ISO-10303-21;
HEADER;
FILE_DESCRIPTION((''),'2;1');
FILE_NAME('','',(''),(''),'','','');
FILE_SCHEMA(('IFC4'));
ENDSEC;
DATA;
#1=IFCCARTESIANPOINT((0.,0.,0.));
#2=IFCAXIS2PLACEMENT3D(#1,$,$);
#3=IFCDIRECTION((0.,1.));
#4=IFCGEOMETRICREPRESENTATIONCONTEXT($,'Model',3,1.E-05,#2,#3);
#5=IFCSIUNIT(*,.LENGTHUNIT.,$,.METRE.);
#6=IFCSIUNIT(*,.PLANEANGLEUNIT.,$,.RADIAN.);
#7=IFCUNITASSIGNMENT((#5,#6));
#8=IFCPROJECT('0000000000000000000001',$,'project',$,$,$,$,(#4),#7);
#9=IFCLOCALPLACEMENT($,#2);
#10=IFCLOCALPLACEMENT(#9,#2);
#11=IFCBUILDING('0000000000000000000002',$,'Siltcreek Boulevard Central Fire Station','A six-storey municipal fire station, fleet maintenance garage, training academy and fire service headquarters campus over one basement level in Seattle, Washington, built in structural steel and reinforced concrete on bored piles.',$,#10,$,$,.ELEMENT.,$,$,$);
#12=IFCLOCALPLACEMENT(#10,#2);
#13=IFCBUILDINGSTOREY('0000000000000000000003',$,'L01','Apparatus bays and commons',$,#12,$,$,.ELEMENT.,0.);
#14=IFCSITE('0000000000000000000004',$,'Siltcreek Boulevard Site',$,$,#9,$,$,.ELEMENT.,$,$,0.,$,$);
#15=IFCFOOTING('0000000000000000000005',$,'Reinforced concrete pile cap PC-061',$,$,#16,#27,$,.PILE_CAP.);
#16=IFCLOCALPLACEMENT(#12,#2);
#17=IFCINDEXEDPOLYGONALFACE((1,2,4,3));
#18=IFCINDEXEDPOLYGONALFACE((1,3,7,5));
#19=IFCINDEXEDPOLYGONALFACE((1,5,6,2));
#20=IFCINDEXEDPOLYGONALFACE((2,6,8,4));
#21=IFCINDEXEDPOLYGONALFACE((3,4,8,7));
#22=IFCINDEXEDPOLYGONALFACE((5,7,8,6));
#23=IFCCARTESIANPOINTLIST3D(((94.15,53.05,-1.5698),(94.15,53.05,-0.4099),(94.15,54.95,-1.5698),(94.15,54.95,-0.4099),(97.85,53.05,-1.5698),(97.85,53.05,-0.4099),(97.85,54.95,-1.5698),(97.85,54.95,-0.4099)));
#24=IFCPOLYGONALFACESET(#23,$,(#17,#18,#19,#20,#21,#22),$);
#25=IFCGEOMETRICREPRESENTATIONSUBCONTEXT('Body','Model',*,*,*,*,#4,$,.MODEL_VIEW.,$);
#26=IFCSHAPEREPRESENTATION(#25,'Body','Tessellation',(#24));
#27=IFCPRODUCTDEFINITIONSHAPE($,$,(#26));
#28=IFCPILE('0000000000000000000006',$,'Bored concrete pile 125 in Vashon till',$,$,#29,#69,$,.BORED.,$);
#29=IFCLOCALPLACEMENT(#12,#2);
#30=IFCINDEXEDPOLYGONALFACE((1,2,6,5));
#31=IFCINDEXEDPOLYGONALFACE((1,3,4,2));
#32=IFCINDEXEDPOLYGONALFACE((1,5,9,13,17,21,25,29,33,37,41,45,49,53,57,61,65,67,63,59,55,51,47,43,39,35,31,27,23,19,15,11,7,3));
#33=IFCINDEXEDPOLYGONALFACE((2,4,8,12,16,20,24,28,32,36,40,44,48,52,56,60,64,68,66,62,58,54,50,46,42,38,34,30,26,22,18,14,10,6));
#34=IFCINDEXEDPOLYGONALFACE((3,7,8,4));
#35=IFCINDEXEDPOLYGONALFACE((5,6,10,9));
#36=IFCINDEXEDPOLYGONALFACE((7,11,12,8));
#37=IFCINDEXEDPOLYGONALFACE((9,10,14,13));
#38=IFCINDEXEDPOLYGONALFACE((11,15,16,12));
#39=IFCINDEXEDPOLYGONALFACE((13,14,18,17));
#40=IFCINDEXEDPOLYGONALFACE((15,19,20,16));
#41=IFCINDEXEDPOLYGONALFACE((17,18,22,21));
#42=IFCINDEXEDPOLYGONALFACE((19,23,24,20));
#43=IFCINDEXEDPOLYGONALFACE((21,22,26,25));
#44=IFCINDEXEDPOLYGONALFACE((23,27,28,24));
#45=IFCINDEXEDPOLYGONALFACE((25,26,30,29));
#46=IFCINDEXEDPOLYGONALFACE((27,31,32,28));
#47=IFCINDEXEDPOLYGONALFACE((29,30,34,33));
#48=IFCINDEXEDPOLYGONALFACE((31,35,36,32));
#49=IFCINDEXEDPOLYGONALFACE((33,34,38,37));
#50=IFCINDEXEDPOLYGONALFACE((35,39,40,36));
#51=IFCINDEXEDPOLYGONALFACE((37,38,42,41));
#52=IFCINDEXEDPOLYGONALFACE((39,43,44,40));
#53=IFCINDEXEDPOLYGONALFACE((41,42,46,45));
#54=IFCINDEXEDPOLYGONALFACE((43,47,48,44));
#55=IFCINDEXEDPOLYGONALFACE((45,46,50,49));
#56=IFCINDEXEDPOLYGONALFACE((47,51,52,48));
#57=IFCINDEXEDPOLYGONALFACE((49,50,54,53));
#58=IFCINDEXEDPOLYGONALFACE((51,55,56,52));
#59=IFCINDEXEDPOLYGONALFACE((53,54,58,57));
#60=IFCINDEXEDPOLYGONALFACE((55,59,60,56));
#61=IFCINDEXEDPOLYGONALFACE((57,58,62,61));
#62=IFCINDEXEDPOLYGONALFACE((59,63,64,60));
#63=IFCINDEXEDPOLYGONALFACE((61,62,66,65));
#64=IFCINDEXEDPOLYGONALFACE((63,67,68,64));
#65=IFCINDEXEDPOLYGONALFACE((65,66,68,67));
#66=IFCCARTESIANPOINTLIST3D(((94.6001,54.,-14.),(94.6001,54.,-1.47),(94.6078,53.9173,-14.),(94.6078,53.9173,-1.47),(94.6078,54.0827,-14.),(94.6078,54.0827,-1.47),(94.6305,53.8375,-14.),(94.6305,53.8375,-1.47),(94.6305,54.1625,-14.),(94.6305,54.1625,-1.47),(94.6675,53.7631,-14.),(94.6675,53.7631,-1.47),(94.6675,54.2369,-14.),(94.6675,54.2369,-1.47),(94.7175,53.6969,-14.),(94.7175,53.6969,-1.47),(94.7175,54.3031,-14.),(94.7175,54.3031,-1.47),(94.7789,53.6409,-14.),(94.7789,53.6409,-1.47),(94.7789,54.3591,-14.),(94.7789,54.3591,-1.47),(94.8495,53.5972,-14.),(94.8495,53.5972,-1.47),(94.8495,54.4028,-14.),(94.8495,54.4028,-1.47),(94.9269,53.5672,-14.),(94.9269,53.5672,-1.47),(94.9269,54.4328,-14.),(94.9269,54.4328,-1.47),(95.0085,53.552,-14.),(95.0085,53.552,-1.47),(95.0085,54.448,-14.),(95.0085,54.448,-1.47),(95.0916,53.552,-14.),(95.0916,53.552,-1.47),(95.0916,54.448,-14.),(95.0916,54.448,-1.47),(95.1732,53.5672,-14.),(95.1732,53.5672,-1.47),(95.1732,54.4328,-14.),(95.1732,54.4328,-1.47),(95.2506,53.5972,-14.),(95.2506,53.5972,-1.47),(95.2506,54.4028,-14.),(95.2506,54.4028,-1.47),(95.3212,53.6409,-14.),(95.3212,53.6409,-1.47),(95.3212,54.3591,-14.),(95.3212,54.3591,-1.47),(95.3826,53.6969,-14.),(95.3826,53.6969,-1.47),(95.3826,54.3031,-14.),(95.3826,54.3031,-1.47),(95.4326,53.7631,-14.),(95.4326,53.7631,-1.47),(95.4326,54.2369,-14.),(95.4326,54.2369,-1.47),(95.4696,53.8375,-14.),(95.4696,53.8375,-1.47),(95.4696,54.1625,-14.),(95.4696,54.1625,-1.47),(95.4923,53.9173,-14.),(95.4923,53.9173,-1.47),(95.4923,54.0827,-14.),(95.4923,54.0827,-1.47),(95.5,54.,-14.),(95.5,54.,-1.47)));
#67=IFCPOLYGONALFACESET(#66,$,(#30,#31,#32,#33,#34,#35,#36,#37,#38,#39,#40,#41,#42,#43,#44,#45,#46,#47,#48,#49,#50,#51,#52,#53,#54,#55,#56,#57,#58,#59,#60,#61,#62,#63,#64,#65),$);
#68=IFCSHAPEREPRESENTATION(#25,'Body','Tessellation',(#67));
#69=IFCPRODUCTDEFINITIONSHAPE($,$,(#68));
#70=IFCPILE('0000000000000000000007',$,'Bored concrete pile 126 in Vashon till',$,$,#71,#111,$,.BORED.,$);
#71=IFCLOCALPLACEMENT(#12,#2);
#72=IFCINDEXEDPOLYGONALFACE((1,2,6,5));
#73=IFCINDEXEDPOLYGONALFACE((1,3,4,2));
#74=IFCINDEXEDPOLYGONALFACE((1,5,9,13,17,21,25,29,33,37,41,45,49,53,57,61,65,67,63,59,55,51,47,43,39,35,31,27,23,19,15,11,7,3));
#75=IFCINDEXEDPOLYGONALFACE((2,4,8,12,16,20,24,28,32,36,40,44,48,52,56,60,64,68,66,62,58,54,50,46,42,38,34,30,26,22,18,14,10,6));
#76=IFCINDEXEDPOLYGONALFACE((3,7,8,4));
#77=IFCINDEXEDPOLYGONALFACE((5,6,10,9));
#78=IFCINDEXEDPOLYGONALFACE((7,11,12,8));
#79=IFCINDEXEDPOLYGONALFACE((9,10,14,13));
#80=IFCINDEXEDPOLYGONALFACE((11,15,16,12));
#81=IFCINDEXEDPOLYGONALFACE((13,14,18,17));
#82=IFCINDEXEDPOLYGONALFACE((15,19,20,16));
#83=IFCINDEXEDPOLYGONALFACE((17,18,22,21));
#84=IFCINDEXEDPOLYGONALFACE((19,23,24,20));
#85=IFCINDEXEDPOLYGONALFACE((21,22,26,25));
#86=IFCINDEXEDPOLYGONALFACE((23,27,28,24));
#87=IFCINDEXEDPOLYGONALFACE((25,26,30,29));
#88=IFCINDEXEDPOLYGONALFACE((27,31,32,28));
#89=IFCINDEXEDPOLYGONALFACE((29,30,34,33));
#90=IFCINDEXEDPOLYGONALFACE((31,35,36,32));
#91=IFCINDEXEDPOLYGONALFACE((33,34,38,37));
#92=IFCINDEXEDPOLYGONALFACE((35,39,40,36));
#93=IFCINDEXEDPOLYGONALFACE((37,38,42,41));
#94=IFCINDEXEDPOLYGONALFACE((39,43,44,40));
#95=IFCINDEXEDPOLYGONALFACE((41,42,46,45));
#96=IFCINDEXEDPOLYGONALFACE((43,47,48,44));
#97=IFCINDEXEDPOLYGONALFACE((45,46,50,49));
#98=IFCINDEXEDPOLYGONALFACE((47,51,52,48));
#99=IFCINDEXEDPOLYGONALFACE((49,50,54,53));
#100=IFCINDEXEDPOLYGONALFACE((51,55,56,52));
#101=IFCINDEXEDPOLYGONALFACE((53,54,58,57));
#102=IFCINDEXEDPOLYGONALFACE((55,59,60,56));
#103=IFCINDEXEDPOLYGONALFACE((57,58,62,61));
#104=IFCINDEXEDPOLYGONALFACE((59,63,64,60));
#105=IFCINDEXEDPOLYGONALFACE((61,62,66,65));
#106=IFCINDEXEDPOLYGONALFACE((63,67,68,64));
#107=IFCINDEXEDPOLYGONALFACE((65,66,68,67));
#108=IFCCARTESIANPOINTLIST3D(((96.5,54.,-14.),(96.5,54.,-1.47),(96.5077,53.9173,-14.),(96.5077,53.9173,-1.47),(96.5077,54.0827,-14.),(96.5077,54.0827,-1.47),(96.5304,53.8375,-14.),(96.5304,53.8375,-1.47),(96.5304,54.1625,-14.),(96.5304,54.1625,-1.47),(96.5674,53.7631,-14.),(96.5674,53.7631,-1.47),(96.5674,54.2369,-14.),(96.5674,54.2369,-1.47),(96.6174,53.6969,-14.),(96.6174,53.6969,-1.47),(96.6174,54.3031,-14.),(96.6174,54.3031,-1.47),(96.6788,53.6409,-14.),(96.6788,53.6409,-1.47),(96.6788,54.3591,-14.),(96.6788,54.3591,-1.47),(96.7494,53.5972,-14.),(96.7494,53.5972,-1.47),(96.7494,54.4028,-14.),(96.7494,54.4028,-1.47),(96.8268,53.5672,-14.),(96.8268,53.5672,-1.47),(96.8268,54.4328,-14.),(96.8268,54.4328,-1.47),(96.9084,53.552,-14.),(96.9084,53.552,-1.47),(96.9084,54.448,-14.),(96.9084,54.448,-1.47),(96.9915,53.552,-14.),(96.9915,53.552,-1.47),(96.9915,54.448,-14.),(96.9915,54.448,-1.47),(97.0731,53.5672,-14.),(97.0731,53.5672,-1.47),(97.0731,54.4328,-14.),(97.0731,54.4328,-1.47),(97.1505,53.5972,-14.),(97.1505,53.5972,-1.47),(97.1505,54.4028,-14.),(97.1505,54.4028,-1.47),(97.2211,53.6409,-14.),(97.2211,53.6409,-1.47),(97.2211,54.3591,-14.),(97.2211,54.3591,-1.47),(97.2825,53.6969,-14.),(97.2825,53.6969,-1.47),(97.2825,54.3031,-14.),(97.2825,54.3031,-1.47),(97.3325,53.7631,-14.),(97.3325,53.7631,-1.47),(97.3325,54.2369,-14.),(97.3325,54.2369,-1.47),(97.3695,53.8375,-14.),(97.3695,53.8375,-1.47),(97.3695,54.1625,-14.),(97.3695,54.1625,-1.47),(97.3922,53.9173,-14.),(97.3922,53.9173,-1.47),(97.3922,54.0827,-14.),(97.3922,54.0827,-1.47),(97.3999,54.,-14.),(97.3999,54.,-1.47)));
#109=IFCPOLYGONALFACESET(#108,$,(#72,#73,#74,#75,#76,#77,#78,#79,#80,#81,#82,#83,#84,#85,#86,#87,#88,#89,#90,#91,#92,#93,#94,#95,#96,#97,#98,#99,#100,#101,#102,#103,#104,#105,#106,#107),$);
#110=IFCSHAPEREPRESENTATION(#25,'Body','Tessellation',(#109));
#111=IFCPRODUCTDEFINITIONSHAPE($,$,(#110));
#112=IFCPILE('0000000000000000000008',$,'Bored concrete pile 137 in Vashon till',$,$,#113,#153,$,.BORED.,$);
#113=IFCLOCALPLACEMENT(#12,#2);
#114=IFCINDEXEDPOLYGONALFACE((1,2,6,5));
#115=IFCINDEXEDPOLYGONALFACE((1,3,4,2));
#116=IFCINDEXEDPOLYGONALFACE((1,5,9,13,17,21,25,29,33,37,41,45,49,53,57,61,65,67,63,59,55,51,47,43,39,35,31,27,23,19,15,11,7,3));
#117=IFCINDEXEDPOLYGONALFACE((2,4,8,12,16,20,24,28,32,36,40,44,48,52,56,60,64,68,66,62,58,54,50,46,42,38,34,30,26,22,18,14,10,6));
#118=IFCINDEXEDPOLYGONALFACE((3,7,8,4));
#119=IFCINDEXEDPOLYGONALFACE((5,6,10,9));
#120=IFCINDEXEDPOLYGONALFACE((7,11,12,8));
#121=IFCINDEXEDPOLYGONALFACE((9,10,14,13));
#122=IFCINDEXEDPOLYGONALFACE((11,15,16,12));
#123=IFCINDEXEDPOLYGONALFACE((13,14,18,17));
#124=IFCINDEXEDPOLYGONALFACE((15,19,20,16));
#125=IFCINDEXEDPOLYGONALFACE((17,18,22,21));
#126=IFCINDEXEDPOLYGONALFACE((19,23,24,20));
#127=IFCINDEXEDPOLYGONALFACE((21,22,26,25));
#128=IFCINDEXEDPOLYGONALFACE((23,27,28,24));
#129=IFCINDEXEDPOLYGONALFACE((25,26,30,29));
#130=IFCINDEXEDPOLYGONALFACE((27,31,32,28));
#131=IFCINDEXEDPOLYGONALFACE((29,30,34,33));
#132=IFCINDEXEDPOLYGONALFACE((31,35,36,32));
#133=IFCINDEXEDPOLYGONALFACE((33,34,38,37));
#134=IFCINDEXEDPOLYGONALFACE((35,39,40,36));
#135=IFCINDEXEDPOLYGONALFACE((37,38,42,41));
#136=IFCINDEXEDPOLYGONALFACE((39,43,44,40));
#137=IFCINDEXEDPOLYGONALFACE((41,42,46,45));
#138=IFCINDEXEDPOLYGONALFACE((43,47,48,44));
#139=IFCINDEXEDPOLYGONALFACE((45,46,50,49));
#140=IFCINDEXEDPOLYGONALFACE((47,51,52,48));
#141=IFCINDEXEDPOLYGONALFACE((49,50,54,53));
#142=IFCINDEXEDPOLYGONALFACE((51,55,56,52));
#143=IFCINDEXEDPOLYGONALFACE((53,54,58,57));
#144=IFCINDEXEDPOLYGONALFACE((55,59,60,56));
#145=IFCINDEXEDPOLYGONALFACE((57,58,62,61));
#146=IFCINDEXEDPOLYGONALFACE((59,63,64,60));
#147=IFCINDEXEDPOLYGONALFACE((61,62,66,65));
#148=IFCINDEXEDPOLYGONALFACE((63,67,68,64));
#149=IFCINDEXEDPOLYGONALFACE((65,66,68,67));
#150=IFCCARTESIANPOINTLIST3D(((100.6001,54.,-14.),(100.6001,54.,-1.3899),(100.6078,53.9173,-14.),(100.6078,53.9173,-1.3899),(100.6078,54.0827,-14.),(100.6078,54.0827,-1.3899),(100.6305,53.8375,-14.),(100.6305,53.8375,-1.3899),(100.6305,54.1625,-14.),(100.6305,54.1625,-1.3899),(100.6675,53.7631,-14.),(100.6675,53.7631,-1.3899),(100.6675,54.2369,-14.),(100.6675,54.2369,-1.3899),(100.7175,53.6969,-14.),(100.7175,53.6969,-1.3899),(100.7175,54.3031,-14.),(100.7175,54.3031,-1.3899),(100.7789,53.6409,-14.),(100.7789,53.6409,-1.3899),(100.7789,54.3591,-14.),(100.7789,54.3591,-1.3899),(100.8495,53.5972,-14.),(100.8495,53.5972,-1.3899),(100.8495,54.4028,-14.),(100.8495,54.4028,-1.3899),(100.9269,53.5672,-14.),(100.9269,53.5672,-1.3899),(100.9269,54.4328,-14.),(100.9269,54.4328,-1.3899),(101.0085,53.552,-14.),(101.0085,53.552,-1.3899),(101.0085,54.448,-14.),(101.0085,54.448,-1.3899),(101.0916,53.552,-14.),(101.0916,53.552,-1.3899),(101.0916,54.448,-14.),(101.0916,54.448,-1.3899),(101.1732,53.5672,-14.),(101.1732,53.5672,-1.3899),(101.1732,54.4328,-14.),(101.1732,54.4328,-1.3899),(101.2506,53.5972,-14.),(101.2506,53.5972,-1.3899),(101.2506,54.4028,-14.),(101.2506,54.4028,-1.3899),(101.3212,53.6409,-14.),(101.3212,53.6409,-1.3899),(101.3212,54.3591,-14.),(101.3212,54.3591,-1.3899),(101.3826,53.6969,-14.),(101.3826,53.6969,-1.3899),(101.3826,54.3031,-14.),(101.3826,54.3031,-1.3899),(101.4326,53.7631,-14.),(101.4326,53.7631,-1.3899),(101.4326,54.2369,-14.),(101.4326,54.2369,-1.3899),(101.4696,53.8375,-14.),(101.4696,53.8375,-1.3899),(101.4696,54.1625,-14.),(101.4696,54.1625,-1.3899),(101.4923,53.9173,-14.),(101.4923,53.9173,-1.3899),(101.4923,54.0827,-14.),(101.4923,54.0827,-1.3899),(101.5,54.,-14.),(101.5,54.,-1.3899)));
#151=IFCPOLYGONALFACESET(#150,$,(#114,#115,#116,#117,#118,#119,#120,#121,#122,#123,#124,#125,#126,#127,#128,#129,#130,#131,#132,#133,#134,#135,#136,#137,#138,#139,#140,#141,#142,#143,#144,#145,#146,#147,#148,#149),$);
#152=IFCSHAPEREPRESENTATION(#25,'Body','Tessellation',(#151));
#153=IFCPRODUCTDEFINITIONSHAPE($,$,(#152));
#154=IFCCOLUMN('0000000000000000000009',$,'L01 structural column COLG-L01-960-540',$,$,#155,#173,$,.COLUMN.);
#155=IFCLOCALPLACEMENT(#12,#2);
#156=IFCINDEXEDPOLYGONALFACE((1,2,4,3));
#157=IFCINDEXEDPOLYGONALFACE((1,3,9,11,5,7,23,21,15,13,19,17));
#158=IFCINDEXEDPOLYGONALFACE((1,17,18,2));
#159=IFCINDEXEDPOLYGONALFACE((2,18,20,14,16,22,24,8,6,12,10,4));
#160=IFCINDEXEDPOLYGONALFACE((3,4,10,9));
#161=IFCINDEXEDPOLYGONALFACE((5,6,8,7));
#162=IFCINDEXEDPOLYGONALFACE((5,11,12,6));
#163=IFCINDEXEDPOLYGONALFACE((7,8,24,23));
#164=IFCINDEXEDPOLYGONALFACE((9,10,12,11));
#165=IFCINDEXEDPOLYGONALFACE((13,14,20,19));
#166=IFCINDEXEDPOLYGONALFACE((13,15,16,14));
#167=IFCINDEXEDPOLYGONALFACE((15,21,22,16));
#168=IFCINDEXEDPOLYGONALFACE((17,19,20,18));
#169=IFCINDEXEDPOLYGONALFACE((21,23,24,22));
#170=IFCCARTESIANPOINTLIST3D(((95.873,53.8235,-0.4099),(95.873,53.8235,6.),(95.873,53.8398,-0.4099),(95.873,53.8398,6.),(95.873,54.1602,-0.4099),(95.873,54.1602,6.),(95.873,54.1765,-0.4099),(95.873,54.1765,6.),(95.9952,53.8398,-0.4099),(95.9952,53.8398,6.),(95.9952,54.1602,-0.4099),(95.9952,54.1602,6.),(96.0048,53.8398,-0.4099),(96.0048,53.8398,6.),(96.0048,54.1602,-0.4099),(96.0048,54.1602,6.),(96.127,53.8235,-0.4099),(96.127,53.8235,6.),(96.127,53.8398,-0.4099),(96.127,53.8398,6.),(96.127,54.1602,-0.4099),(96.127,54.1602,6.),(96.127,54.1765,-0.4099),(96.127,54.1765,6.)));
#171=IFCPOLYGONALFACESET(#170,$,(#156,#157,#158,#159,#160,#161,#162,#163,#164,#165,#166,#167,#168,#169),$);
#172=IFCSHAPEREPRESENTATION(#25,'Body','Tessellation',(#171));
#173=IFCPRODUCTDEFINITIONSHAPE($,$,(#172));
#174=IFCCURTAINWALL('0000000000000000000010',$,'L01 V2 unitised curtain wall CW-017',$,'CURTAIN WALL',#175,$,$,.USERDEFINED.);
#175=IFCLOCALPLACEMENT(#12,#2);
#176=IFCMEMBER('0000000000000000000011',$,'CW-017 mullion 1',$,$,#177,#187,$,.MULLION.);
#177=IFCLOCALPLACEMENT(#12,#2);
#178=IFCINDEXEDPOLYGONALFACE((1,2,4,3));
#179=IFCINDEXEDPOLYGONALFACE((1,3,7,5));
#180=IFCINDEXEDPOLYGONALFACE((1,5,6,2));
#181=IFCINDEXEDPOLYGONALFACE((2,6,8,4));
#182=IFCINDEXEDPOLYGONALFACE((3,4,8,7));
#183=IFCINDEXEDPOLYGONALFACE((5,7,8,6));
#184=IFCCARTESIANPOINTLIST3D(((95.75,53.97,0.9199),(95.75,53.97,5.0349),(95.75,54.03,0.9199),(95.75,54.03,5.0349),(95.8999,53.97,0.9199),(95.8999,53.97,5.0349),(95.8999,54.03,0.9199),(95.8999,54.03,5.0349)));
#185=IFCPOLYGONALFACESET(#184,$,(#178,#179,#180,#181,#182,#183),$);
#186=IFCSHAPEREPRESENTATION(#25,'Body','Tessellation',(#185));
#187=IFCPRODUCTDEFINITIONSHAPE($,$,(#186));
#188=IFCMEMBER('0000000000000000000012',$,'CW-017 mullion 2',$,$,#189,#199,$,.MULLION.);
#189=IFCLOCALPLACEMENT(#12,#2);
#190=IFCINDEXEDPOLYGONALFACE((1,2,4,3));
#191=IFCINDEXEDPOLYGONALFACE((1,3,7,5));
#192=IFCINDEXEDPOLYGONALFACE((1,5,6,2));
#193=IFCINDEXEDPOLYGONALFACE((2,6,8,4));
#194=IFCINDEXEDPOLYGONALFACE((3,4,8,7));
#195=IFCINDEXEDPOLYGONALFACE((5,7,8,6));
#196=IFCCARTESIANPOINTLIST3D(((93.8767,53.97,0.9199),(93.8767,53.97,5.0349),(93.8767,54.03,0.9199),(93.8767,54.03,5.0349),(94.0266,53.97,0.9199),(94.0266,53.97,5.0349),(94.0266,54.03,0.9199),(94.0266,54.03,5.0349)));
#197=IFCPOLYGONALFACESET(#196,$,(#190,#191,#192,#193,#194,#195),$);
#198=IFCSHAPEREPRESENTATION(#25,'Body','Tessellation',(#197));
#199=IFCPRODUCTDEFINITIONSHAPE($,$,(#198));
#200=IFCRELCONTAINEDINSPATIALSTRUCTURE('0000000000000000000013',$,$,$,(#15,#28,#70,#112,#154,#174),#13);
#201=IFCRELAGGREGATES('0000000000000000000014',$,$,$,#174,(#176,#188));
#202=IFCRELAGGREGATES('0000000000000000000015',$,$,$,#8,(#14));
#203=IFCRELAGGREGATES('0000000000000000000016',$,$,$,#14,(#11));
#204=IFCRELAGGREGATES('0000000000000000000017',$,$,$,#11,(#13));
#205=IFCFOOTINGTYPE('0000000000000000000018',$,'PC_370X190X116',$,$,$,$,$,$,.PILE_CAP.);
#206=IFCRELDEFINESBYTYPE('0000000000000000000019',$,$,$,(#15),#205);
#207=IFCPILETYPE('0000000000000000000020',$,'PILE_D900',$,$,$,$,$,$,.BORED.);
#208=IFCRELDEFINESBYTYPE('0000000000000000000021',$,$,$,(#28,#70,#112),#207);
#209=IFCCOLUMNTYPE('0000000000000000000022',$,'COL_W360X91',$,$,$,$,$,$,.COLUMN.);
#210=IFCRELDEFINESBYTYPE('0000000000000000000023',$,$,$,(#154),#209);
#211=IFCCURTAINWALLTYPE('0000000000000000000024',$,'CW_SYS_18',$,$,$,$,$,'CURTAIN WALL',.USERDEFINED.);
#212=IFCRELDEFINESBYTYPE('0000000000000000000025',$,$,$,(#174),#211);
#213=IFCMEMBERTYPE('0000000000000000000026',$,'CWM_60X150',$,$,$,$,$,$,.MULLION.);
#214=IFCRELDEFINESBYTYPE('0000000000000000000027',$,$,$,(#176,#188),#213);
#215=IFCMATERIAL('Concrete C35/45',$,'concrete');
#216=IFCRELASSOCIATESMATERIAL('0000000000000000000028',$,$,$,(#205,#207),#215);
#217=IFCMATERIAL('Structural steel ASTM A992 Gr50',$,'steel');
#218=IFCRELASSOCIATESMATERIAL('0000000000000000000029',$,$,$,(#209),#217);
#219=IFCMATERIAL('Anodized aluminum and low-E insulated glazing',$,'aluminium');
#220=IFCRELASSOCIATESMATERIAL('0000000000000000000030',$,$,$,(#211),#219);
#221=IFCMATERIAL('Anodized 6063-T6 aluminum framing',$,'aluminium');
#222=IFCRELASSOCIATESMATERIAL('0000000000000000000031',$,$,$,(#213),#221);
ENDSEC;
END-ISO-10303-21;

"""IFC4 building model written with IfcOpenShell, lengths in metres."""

from ifc_helpers import new_model, si_unit, direction, frame, origin, origin_2d, place, context, subcontext, project, spatial, rectangle, circle, i_section, extrude, material, material_profile, profile_set, type_object, element, aggregate, save


model = new_model("IFC4")

# Units and contexts
model_context = context("Model", 3, precision=1e-05, world=origin(), true_north=direction((0.0, 1.0)))
body_context = subcontext(model_context, "Body", "Model", "MODEL_VIEW")
ifc_project = project(units=[si_unit("LENGTHUNIT", "METRE"), si_unit("PLANEANGLEUNIT", "RADIAN")], contexts=[model_context])

# Site, building, storey
site_placement = place(None, origin())
site = spatial("IfcSite", under=ifc_project, at=site_placement, Name="Siltcreek Boulevard Site", CompositionType="ELEMENT", RefElevation=0.0)
building_placement = place(site_placement, origin())
building = spatial("IfcBuilding", under=site, at=building_placement, Name="Siltcreek Boulevard Central Fire Station", Description="A six-storey municipal fire station, fleet maintenance garage, training academy and fire service headquarters campus over one basement level in Seattle, Washington, built in structural steel and reinforced concrete on bored piles.", CompositionType="ELEMENT")
storey_placement = place(building_placement, origin())
storey = spatial("IfcBuildingStorey", under=building, at=storey_placement, Name="L01", Description="Apparatus bays and commons", CompositionType="ELEMENT", Elevation=0.0)

# Footing
ifc_material_1 = material(Name="Concrete C35/45", Category="concrete")
footing_type = type_object("IfcFootingType", Name="PC_370X190X116", PredefinedType="PILE_CAP", material=ifc_material_1)
footing_placement = place(storey_placement, frame((96.0, 54.0, -1.5698), z_axis=(0.0, 0.0, 1.0), x_axis=(1.0, 0.0, 0.0)))
element("IfcFooting", 1, at=footing_placement, inside=storey, type_object=footing_type, Name="Reinforced concrete pile cap PC-061", PredefinedType="PILE_CAP", context=body_context, shape_type="SweptSolid", body=[
    extrude(rectangle(XDim=3.7, YDim=1.8999, at=origin_2d()), origin(), (0.0, 0.0, 1.0), 1.1599),
])

# Piles
ifc_material_profile_1 = material_profile(ifc_material_1, circle(Radius=0.45, at=origin_2d()), Name="SHAFT900")
ifc_profile_set_1 = profile_set([ifc_material_profile_1], Name="Concrete C35/45")
pile_type = type_object("IfcPileType", Name="PILE_D900", PredefinedType="BORED", material=ifc_profile_set_1)
for number, where, z_axis, x_axis, name in (
    (2, (95.05, 54.0, -1.47), (0.0, 0.0, -1.0), (1.0, 0.0, 0.0), "Bored concrete pile 125 in Vashon till"),
    (3, (96.95, 54.0, -1.47), (0.0, 0.0, -1.0), (1.0, 0.0, 0.0), "Bored concrete pile 126 in Vashon till"),
):
    element("IfcPile", number, at=place(storey_placement, frame(where, z_axis=z_axis, x_axis=x_axis)), inside=storey, type_object=pile_type, Name=name, PredefinedType="BORED", context=body_context, shape_type="SweptSolid", body=[
        extrude(circle(Radius=0.45, at=origin_2d()), origin(), (0.0, 0.0, 1.0), 12.53),
    ])
pile_placement = place(storey_placement, frame((101.05, 54.0, -1.3899), z_axis=(0.0, 0.0, -1.0), x_axis=(1.0, 0.0, 0.0)))
element("IfcPile", 4, at=pile_placement, inside=storey, type_object=pile_type, Name="Bored concrete pile 137 in Vashon till", PredefinedType="BORED", context=body_context, shape_type="SweptSolid", body=[
    extrude(circle(Radius=0.45, at=origin_2d()), origin(), (0.0, 0.0, 1.0), 12.6101),
])

# Column
ifc_material_2 = material(Name="Structural steel ASTM A992 Gr50", Category="steel")
ifc_material_profile_2 = material_profile(ifc_material_2, i_section(OverallWidth=0.2539, OverallDepth=0.353, WebThickness=0.0095, FlangeThickness=0.0164, at=origin_2d()), Name="W360X91")
ifc_profile_set_2 = profile_set([ifc_material_profile_2], Name="Structural steel ASTM A992 Gr50")
column_type = type_object("IfcColumnType", Name="COL_W360X91", PredefinedType="COLUMN", material=ifc_profile_set_2)
column_placement = place(storey_placement, frame((96.0, 54.0, -0.4099), z_axis=(0.0, 0.0, 1.0), x_axis=(1.0, 0.0, 0.0)))
element("IfcColumn", 5, at=column_placement, inside=storey, type_object=column_type, Name="L01 structural column COLG-L01-960-540", PredefinedType="COLUMN", context=body_context, shape_type="SweptSolid", body=[
    extrude(i_section(OverallWidth=0.2539, OverallDepth=0.353, WebThickness=0.0095, FlangeThickness=0.0164, at=origin_2d()), origin(), (0.0, 0.0, 1.0), 6.4099),
])

# Curtain wall, members
ifc_material_3 = material(Name="Anodized aluminum and low-E insulated glazing", Category="aluminium")
curtain_wall_type = type_object("IfcCurtainWallType", Name="CW_SYS_18", ElementType="CURTAIN WALL", PredefinedType="USERDEFINED", material=ifc_material_3)
curtain_wall_placement = place(storey_placement, origin())
curtain_wall = element("IfcCurtainWall", 6, at=curtain_wall_placement, inside=storey, type_object=curtain_wall_type, Name="L01 V2 unitised curtain wall CW-017", ObjectType="CURTAIN WALL", PredefinedType="USERDEFINED")
ifc_material_4 = material(Name="Anodized 6063-T6 aluminum framing", Category="aluminium")
ifc_material_profile_3 = material_profile(ifc_material_4, rectangle(XDim=0.0601, YDim=0.1499, at=origin_2d()), Name="MULL60X150")
ifc_profile_set_3 = profile_set([ifc_material_profile_3], Name="Anodized 6063-T6 aluminum framing")
member_type_1 = type_object("IfcMemberType", Name="CWM_60X150", PredefinedType="MULLION", material=ifc_profile_set_3)
member_1_placement = place(storey_placement, frame((95.825, 54.0, 0.9199), z_axis=(0.0, 0.0, 1.0), x_axis=(0.0, -1.0, 0.0)))
member_1 = element("IfcMember", 7, at=member_1_placement, type_object=member_type_1, Name="CW-017 mullion 1", PredefinedType="MULLION", context=body_context, shape_type="SweptSolid", body=[
    extrude(rectangle(XDim=0.0601, YDim=0.1499, at=origin_2d()), origin(), (0.0, 0.0, 1.0), 4.115),
])
member_2_placement = place(storey_placement, frame((93.9517, 54.0, 0.9199), z_axis=(0.0, 0.0, 1.0), x_axis=(0.0, -1.0, 0.0)))
member_2 = element("IfcMember", 8, at=member_2_placement, type_object=member_type_1, Name="CW-017 mullion 2", PredefinedType="MULLION", context=body_context, shape_type="SweptSolid", body=[
    extrude(rectangle(XDim=0.0601, YDim=0.1499, at=origin_2d()), origin(), (0.0, 0.0, 1.0), 4.115),
])

aggregate(curtain_wall, [member_1, member_2])

save(model, "model.ifc")
